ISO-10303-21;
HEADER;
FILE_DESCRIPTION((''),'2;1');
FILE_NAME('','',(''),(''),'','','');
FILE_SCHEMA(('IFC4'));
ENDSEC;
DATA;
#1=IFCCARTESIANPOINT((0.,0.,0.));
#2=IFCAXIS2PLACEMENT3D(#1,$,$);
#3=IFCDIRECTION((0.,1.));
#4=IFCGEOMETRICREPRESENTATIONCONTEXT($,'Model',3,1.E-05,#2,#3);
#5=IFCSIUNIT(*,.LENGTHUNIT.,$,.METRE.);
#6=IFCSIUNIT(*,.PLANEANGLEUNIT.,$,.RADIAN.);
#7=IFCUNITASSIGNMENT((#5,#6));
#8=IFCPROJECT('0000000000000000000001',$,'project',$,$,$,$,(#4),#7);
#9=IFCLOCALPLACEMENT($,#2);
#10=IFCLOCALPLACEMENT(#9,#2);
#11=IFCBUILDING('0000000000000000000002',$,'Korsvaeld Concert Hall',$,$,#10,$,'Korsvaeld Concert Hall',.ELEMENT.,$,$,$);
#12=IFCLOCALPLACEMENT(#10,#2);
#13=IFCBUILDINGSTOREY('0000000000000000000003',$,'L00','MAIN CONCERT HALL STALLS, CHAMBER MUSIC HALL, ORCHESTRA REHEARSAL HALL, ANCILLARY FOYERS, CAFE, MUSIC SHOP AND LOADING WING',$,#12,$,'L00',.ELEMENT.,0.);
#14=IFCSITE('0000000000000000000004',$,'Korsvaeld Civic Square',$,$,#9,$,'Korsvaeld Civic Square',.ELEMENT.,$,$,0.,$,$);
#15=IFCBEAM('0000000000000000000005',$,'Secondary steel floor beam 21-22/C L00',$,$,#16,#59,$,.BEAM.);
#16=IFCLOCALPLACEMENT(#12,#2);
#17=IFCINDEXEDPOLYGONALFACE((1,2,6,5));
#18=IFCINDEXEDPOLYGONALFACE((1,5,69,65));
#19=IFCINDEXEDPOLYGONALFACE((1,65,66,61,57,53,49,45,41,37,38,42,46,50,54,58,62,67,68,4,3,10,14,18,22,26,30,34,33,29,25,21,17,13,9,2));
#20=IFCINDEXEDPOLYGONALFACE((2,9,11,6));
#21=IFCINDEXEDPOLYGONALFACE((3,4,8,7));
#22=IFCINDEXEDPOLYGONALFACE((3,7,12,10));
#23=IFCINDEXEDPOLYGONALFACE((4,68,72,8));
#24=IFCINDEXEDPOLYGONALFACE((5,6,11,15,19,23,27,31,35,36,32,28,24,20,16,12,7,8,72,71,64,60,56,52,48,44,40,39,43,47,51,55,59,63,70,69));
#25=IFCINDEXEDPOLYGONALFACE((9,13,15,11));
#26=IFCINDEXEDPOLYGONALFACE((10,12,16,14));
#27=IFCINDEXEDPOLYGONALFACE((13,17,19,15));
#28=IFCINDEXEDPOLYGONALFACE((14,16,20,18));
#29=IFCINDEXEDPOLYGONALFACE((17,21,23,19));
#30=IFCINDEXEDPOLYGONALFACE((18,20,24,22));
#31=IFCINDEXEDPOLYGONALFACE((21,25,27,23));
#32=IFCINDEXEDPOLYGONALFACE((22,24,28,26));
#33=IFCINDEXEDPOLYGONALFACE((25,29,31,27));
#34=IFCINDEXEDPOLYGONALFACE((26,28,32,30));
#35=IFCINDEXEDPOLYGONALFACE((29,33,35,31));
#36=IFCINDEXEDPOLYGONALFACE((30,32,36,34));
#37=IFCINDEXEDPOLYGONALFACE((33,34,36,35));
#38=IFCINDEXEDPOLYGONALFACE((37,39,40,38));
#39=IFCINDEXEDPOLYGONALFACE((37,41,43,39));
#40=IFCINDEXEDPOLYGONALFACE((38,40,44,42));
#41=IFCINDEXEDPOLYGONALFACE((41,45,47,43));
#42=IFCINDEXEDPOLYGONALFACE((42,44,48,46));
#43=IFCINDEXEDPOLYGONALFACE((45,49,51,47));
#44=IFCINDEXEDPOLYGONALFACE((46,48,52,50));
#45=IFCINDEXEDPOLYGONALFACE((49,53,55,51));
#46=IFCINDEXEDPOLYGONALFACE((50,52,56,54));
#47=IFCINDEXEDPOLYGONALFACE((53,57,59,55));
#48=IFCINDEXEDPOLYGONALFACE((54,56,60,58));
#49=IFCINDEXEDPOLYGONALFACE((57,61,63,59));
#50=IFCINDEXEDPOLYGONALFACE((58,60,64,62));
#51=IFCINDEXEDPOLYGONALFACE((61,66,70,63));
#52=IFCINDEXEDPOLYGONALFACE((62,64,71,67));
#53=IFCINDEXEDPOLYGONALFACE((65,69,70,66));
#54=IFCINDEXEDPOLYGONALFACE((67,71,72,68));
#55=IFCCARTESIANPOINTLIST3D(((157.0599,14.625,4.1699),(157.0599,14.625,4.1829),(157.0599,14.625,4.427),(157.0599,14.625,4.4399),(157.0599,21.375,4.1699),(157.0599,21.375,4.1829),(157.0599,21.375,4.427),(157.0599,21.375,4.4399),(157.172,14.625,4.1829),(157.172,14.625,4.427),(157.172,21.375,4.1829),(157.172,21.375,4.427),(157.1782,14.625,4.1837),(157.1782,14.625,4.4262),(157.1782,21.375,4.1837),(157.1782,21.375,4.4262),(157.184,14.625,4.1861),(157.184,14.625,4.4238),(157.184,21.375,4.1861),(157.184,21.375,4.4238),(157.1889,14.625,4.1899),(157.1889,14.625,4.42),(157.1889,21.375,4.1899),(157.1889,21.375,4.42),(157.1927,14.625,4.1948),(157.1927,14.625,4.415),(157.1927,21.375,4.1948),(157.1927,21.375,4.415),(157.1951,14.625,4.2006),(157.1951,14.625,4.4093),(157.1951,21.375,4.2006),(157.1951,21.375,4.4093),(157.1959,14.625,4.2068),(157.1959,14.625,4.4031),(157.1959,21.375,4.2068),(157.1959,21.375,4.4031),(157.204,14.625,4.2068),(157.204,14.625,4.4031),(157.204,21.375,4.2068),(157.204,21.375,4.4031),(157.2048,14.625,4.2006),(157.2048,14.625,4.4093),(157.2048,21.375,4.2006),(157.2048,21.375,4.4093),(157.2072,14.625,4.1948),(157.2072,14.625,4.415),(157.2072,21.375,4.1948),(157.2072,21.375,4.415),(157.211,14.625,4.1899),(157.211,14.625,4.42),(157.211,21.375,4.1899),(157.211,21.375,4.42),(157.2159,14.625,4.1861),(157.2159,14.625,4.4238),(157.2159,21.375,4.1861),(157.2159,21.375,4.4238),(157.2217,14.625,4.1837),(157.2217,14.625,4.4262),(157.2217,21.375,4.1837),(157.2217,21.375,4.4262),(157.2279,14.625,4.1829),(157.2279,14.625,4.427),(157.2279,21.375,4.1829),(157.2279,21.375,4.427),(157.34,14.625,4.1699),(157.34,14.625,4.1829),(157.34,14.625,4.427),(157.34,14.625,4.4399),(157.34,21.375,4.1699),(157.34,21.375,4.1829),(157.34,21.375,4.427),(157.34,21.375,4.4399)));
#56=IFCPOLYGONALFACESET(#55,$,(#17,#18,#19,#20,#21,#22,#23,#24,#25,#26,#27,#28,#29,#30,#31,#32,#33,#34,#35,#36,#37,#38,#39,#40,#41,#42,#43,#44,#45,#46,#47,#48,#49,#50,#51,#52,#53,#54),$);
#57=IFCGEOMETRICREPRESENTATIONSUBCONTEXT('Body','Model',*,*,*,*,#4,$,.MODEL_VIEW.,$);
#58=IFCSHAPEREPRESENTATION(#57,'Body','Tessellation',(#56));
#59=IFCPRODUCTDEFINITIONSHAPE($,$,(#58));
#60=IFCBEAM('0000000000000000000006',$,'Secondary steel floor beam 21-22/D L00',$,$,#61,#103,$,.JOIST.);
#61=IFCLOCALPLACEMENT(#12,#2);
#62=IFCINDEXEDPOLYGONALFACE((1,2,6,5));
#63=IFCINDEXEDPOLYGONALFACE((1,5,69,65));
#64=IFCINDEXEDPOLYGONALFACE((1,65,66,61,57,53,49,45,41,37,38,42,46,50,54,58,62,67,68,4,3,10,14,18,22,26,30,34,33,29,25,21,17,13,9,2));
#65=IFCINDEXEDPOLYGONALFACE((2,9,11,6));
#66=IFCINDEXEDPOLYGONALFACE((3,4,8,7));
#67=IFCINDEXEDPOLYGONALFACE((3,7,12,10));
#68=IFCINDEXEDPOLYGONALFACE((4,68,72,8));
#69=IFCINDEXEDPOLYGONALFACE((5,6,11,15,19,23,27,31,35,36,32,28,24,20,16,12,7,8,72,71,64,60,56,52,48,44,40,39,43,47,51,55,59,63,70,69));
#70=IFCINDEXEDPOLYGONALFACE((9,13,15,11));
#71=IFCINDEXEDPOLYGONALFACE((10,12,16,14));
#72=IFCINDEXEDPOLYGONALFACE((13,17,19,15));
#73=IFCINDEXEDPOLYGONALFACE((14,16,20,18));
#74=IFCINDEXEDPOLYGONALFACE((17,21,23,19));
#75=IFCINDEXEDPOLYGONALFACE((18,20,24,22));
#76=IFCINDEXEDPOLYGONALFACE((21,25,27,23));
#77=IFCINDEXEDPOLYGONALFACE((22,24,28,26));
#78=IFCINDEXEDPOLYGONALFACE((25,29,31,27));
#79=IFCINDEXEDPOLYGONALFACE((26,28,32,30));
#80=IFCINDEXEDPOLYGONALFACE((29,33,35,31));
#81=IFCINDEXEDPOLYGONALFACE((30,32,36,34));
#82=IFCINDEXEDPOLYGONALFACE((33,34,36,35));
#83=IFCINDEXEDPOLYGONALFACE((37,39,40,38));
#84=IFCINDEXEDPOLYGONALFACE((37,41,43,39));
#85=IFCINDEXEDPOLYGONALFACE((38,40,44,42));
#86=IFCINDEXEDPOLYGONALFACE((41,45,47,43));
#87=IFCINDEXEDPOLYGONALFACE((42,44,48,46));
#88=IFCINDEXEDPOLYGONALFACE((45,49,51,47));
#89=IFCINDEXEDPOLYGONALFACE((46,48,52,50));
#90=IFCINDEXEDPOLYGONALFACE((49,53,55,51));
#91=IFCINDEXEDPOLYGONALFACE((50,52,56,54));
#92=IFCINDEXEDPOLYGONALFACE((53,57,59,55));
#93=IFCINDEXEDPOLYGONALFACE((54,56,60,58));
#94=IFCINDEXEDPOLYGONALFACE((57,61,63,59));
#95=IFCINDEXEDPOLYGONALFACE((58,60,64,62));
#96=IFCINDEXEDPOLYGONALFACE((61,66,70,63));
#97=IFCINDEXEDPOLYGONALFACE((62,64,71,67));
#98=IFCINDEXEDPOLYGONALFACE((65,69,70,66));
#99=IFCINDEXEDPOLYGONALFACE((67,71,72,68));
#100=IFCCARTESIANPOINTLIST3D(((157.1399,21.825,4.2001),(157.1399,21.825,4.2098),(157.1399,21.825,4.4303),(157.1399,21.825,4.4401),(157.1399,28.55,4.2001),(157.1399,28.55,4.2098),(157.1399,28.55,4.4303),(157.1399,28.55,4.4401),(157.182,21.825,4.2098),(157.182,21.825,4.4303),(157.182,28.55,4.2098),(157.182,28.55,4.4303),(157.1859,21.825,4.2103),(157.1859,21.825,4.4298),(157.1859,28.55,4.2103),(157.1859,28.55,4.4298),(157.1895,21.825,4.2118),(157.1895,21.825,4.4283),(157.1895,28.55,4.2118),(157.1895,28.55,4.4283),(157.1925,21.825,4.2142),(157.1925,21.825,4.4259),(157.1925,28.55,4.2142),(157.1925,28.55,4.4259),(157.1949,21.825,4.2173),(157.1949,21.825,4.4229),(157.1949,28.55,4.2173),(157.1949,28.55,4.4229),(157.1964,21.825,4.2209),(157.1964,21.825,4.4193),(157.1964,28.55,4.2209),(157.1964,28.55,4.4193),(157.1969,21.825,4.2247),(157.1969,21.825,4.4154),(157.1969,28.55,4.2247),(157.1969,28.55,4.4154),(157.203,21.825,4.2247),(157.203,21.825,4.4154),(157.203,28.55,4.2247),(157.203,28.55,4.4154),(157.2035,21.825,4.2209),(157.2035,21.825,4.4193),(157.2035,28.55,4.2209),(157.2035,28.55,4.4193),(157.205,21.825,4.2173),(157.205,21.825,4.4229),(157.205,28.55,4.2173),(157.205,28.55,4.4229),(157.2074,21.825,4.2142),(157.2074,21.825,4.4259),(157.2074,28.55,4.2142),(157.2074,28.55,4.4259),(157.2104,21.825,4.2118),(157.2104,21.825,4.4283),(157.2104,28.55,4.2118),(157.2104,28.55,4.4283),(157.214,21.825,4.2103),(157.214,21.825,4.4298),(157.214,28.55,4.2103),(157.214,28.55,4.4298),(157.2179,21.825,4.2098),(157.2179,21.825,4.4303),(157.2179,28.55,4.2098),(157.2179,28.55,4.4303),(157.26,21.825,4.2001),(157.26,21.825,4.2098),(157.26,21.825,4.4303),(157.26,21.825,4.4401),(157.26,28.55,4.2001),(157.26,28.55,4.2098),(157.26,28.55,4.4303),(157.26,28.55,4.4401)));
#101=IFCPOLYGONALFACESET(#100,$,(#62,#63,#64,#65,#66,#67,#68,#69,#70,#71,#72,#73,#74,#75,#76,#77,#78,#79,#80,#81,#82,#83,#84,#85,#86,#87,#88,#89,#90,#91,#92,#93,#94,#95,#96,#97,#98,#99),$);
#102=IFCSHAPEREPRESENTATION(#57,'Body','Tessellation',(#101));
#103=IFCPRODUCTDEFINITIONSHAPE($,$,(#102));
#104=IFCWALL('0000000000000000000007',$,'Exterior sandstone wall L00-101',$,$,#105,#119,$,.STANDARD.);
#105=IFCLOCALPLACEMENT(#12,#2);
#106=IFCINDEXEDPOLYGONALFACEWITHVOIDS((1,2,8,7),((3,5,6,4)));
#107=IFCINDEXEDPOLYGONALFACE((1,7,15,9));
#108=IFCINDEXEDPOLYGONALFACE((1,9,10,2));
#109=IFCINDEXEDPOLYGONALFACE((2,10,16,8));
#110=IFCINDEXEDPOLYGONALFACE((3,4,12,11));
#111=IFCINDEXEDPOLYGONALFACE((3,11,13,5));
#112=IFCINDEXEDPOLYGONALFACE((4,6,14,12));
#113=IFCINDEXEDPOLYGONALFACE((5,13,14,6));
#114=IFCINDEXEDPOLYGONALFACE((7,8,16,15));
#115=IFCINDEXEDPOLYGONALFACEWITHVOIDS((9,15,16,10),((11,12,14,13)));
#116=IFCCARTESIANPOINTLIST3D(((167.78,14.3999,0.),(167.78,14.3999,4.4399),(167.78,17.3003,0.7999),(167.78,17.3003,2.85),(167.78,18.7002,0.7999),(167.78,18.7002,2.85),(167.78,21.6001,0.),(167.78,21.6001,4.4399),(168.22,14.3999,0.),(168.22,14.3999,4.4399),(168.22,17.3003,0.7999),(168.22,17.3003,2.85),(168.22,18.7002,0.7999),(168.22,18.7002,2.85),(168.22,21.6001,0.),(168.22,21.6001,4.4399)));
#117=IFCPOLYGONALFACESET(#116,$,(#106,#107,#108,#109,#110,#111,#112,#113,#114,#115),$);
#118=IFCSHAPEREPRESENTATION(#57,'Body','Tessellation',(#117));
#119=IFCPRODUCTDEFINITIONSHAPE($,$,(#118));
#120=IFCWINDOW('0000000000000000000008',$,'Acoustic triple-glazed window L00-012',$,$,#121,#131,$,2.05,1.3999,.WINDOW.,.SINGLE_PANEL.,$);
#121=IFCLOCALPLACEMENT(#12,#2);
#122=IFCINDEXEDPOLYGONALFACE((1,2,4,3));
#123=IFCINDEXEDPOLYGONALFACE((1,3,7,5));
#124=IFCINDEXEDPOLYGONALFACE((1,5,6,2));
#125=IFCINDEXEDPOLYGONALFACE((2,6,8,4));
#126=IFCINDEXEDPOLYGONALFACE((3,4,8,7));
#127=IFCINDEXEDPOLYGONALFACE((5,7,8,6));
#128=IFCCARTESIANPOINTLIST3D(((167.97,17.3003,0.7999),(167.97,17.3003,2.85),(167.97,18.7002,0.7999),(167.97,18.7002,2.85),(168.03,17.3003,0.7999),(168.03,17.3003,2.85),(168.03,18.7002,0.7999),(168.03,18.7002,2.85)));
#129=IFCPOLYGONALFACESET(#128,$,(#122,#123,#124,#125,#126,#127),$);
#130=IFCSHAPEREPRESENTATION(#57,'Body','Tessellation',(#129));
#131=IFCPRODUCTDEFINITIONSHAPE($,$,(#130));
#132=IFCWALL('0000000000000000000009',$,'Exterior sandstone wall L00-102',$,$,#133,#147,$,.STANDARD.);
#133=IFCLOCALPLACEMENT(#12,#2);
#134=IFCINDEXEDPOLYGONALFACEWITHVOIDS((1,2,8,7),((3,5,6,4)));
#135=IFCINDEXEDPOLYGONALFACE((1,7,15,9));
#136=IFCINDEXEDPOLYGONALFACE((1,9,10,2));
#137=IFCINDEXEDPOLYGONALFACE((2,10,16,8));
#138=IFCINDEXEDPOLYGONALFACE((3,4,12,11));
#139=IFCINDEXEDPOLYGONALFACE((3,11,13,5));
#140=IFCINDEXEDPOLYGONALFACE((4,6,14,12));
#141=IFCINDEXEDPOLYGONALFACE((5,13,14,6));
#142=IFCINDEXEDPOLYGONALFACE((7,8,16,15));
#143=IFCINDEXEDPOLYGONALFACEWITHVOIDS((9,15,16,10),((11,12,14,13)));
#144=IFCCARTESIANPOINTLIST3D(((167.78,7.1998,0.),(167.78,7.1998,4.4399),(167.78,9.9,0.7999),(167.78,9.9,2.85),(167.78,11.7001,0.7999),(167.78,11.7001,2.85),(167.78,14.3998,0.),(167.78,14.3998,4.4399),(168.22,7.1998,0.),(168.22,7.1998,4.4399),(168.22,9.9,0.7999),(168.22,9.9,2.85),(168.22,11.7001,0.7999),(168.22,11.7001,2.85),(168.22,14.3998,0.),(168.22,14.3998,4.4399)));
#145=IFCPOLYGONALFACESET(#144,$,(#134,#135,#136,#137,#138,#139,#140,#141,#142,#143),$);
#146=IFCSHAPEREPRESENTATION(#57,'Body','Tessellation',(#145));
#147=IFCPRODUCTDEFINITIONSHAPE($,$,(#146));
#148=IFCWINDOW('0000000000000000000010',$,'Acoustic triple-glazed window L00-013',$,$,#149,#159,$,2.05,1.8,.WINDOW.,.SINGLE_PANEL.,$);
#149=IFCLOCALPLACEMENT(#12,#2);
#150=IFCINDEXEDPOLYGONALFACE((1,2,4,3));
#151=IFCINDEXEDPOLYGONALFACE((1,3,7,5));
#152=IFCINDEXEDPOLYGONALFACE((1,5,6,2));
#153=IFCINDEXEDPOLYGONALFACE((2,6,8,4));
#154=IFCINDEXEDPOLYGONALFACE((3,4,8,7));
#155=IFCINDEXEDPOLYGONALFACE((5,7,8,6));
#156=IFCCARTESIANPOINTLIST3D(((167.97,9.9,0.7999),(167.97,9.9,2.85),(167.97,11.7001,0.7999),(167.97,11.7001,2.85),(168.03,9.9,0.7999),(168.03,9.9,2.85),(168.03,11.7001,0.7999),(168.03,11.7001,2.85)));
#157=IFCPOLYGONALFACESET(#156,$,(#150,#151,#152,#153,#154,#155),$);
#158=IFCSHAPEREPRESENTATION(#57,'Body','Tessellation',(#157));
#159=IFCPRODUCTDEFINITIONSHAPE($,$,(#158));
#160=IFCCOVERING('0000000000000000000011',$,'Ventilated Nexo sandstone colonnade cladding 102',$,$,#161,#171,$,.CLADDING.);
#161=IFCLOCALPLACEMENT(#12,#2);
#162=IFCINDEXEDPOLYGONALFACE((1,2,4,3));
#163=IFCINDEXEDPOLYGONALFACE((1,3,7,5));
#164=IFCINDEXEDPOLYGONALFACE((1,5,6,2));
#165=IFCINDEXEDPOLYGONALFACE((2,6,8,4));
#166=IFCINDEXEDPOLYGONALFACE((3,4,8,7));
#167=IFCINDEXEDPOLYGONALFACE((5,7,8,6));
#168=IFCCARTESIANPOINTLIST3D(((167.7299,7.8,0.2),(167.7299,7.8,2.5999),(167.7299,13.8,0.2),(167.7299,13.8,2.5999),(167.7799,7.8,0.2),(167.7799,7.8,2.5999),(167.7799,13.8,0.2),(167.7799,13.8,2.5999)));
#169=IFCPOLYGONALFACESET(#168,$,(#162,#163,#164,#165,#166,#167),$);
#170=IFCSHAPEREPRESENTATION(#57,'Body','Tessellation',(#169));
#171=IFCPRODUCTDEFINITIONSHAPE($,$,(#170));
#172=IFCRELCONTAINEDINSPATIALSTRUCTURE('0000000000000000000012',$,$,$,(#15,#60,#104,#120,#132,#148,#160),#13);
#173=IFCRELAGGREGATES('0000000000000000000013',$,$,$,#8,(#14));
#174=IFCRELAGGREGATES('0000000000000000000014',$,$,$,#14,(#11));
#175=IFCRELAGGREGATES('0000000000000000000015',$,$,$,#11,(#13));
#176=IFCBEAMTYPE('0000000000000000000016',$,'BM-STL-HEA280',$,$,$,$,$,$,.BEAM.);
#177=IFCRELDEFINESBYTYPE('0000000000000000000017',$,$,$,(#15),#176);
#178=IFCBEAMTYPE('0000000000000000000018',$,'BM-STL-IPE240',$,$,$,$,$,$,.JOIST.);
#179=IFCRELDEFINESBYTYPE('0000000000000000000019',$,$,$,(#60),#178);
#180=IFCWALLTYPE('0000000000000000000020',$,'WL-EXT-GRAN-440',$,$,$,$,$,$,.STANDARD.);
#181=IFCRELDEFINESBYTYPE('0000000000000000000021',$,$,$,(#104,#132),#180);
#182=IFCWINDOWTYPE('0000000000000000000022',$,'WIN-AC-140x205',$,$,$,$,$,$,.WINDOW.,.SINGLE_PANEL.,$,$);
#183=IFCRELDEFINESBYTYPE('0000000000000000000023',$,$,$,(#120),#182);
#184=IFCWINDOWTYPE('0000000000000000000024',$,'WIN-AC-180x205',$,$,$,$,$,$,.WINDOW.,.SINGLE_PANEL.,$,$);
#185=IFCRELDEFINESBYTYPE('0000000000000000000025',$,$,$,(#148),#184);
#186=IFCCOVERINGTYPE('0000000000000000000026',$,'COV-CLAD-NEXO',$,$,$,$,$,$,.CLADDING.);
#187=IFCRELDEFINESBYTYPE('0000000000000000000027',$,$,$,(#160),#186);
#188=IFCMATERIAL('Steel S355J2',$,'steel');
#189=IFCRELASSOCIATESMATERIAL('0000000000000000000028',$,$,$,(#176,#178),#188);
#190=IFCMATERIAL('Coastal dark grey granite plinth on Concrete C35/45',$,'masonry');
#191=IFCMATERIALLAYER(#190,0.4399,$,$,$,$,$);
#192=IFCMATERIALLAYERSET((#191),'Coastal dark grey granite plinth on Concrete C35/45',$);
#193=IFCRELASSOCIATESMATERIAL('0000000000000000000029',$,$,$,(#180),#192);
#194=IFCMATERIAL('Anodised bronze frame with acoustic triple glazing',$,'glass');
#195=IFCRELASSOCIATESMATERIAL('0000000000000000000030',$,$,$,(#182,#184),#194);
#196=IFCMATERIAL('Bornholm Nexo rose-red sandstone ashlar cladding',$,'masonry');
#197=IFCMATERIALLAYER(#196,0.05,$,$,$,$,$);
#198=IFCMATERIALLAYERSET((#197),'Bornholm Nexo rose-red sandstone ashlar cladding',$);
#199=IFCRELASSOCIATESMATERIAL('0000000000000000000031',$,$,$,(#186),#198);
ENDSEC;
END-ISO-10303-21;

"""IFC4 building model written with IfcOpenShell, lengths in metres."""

from ifc_helpers import new_model, si_unit, direction, frame, frame_2d, origin, origin_2d, place, context, subcontext, project, spatial, rectangle, i_section, extrude, material, layer, layer_set, material_profile, profile_set, type_object, element, fill, save


model = new_model("IFC4")

# Units and contexts
model_context = context("Model", 3, precision=1e-05, world=origin(), true_north=direction((0.0, 1.0)))
body_context = subcontext(model_context, "Body", "Model", "MODEL_VIEW")
ifc_project = project(units=[si_unit("LENGTHUNIT", "METRE"), si_unit("PLANEANGLEUNIT", "RADIAN")], contexts=[model_context])

# Site, building, storey
site_placement = place(None, origin())
site = spatial("IfcSite", under=ifc_project, at=site_placement, Name="Korsvaeld Civic Square", LongName="Korsvaeld Civic Square", CompositionType="ELEMENT", RefElevation=0.0)
building_placement = place(site_placement, origin())
building = spatial("IfcBuilding", under=site, at=building_placement, Name="Korsvaeld Concert Hall", LongName="Korsvaeld Concert Hall", CompositionType="ELEMENT")
storey_placement = place(building_placement, origin())
storey = spatial("IfcBuildingStorey", under=building, at=storey_placement, Name="L00", Description="MAIN CONCERT HALL STALLS, CHAMBER MUSIC HALL, ORCHESTRA REHEARSAL HALL, ANCILLARY FOYERS, CAFE, MUSIC SHOP AND LOADING WING", LongName="L00", CompositionType="ELEMENT", Elevation=0.0)

# Beams
ifc_material_1 = material(Name="Steel S355J2", Category="steel")
ifc_material_profile_1 = material_profile(ifc_material_1, i_section(OverallWidth=0.28, OverallDepth=0.27, WebThickness=0.0081, FlangeThickness=0.0129, FilletRadius=0.0239, at=origin_2d()), Name="HEA 280")
ifc_profile_set_1 = profile_set([ifc_material_profile_1], Name="Steel S355J2")
beam_type_1 = type_object("IfcBeamType", Name="BM-STL-HEA280", PredefinedType="BEAM", material=ifc_profile_set_1)
beam_1_placement = place(storey_placement, frame((157.2, 14.625, 4.3049), z_axis=(0.0, 1.0, 0.0), x_axis=(-1.0, 0.0, 0.0)))
element("IfcBeam", 1, at=beam_1_placement, inside=storey, type_object=beam_type_1, Name="Secondary steel floor beam 21-22/C L00", PredefinedType="BEAM", context=body_context, shape_type="SweptSolid", body=[
    extrude(i_section(OverallWidth=0.28, OverallDepth=0.27, WebThickness=0.0081, FlangeThickness=0.0129, FilletRadius=0.0239, at=origin_2d()), origin(), (0.0, 0.0, 1.0), 6.75),
])
ifc_material_profile_2 = material_profile(ifc_material_1, i_section(OverallWidth=0.1201, OverallDepth=0.24, WebThickness=0.0061, FlangeThickness=0.0098, FilletRadius=0.0149, at=origin_2d()), Name="IPE 240")
ifc_profile_set_2 = profile_set([ifc_material_profile_2], Name="Steel S355J2")
beam_type_2 = type_object("IfcBeamType", Name="BM-STL-IPE240", PredefinedType="JOIST", material=ifc_profile_set_2)
beam_2_placement = place(storey_placement, frame((157.2, 21.825, 4.3201), z_axis=(0.0, 1.0, 0.0), x_axis=(-1.0, 0.0, 0.0)))
element("IfcBeam", 2, at=beam_2_placement, inside=storey, type_object=beam_type_2, Name="Secondary steel floor beam 21-22/D L00", PredefinedType="JOIST", context=body_context, shape_type="SweptSolid", body=[
    extrude(i_section(OverallWidth=0.1201, OverallDepth=0.24, WebThickness=0.0061, FlangeThickness=0.0098, FilletRadius=0.0149, at=origin_2d()), origin(), (0.0, 0.0, 1.0), 6.7251),
])

# Walls, openings, windows
ifc_material_2 = material(Name="Coastal dark grey granite plinth on Concrete C35/45", Category="masonry")
ifc_layer_1 = layer(ifc_material_2, 0.4399)
ifc_layer_set_1 = layer_set([ifc_layer_1], Name="Coastal dark grey granite plinth on Concrete C35/45")
wall_type = type_object("IfcWallType", Name="WL-EXT-GRAN-440", PredefinedType="STANDARD", material=ifc_layer_set_1)
wall_1_placement = place(storey_placement, frame((168.0, 21.6001, 0.0), z_axis=(0.0, 0.0, 1.0), x_axis=(0.0, -1.0, 0.0)))
wall_1 = element("IfcWall", 3, at=wall_1_placement, inside=storey, type_object=wall_type, Name="Exterior sandstone wall L00-101", PredefinedType="STANDARD", context=body_context, shape_type="SweptSolid", body=[
    extrude(rectangle(XDim=7.2002, YDim=0.4399, at=frame_2d((3.6001, 0.0))), origin(), (0.0, 0.0, 1.0), 4.4399),
])
opening_1_placement = place(wall_1_placement, frame((2.8999, 0.0, 0.8)))
opening_1 = element("IfcOpeningElement", 4, at=opening_1_placement, cuts=wall_1, PredefinedType="OPENING", context=body_context, shape_type="SweptSolid", body=[
    extrude(rectangle(XDim=1.3999, YDim=2.05, at=frame_2d((0.7, 1.0249))), frame((0.0, 0.23, 0.0), z_axis=(0.0, -1.0, 0.0), x_axis=(1.0, 0.0, 0.0)), (0.0, 0.0, 1.0), 0.46),
])
ifc_material_3 = material(Name="Anodised bronze frame with acoustic triple glazing", Category="glass")
window_type_1 = type_object("IfcWindowType", Name="WIN-AC-140x205", PartitioningType="SINGLE_PANEL", PredefinedType="WINDOW", material=ifc_material_3)
window_1_placement = place(opening_1_placement, origin())
window_1 = element("IfcWindow", 5, at=window_1_placement, inside=storey, type_object=window_type_1, Name="Acoustic triple-glazed window L00-012", OverallHeight=2.05, OverallWidth=1.3999, PartitioningType="SINGLE_PANEL", PredefinedType="WINDOW", context=body_context, shape_type="SweptSolid", body=[
    extrude(rectangle(XDim=1.3999, YDim=2.05, at=frame_2d((0.7, 1.0249))), frame((0.0, 0.03, 0.0), z_axis=(0.0, -1.0, 0.0), x_axis=(1.0, 0.0, 0.0)), (0.0, 0.0, 1.0), 0.0601),
])
fill(opening_1, window_1)
wall_2_placement = place(storey_placement, frame((168.0, 14.3999, 0.0), z_axis=(0.0, 0.0, 1.0), x_axis=(0.0, -1.0, 0.0)))
wall_2 = element("IfcWall", 6, at=wall_2_placement, inside=storey, type_object=wall_type, Name="Exterior sandstone wall L00-102", PredefinedType="STANDARD", context=body_context, shape_type="SweptSolid", body=[
    extrude(rectangle(XDim=7.2, YDim=0.4399, at=frame_2d((3.6001, 0.0))), origin(), (0.0, 0.0, 1.0), 4.4399),
])
opening_2_placement = place(wall_2_placement, frame((2.7, 0.0, 0.8)))
opening_2 = element("IfcOpeningElement", 7, at=opening_2_placement, cuts=wall_2, PredefinedType="OPENING", context=body_context, shape_type="SweptSolid", body=[
    extrude(rectangle(XDim=1.8, YDim=2.05, at=frame_2d((0.8999, 1.0249))), frame((0.0, 0.23, 0.0), z_axis=(0.0, -1.0, 0.0), x_axis=(1.0, 0.0, 0.0)), (0.0, 0.0, 1.0), 0.46),
])
window_type_2 = type_object("IfcWindowType", Name="WIN-AC-180x205", PartitioningType="SINGLE_PANEL", PredefinedType="WINDOW", material=ifc_material_3)
window_2_placement = place(opening_2_placement, origin())
window_2 = element("IfcWindow", 8, at=window_2_placement, inside=storey, type_object=window_type_2, Name="Acoustic triple-glazed window L00-013", OverallHeight=2.05, OverallWidth=1.8, PartitioningType="SINGLE_PANEL", PredefinedType="WINDOW", context=body_context, shape_type="SweptSolid", body=[
    extrude(rectangle(XDim=1.8, YDim=2.05, at=frame_2d((0.8999, 1.0249))), frame((0.0, 0.03, 0.0), z_axis=(0.0, -1.0, 0.0), x_axis=(1.0, 0.0, 0.0)), (0.0, 0.0, 1.0), 0.0601),
])
fill(opening_2, window_2)

# Covering
ifc_material_4 = material(Name="Bornholm Nexo rose-red sandstone ashlar cladding", Category="masonry")
ifc_layer_2 = layer(ifc_material_4, 0.05)
ifc_layer_set_2 = layer_set([ifc_layer_2], Name="Bornholm Nexo rose-red sandstone ashlar cladding")
covering_type = type_object("IfcCoveringType", Name="COV-CLAD-NEXO", PredefinedType="CLADDING", material=ifc_layer_set_2)
covering_placement = place(storey_placement, frame((167.7549, 10.8, 0.2), z_axis=(0.0, 0.0, 1.0), x_axis=(0.0, -1.0, 0.0)))
element("IfcCovering", 9, at=covering_placement, inside=storey, type_object=covering_type, Name="Ventilated Nexo sandstone colonnade cladding 102", PredefinedType="CLADDING", context=body_context, shape_type="SweptSolid", body=[
    extrude(rectangle(XDim=6.0, YDim=0.05, at=origin_2d()), origin(), (0.0, 0.0, 1.0), 2.3999),
])

save(model, "model.ifc")
